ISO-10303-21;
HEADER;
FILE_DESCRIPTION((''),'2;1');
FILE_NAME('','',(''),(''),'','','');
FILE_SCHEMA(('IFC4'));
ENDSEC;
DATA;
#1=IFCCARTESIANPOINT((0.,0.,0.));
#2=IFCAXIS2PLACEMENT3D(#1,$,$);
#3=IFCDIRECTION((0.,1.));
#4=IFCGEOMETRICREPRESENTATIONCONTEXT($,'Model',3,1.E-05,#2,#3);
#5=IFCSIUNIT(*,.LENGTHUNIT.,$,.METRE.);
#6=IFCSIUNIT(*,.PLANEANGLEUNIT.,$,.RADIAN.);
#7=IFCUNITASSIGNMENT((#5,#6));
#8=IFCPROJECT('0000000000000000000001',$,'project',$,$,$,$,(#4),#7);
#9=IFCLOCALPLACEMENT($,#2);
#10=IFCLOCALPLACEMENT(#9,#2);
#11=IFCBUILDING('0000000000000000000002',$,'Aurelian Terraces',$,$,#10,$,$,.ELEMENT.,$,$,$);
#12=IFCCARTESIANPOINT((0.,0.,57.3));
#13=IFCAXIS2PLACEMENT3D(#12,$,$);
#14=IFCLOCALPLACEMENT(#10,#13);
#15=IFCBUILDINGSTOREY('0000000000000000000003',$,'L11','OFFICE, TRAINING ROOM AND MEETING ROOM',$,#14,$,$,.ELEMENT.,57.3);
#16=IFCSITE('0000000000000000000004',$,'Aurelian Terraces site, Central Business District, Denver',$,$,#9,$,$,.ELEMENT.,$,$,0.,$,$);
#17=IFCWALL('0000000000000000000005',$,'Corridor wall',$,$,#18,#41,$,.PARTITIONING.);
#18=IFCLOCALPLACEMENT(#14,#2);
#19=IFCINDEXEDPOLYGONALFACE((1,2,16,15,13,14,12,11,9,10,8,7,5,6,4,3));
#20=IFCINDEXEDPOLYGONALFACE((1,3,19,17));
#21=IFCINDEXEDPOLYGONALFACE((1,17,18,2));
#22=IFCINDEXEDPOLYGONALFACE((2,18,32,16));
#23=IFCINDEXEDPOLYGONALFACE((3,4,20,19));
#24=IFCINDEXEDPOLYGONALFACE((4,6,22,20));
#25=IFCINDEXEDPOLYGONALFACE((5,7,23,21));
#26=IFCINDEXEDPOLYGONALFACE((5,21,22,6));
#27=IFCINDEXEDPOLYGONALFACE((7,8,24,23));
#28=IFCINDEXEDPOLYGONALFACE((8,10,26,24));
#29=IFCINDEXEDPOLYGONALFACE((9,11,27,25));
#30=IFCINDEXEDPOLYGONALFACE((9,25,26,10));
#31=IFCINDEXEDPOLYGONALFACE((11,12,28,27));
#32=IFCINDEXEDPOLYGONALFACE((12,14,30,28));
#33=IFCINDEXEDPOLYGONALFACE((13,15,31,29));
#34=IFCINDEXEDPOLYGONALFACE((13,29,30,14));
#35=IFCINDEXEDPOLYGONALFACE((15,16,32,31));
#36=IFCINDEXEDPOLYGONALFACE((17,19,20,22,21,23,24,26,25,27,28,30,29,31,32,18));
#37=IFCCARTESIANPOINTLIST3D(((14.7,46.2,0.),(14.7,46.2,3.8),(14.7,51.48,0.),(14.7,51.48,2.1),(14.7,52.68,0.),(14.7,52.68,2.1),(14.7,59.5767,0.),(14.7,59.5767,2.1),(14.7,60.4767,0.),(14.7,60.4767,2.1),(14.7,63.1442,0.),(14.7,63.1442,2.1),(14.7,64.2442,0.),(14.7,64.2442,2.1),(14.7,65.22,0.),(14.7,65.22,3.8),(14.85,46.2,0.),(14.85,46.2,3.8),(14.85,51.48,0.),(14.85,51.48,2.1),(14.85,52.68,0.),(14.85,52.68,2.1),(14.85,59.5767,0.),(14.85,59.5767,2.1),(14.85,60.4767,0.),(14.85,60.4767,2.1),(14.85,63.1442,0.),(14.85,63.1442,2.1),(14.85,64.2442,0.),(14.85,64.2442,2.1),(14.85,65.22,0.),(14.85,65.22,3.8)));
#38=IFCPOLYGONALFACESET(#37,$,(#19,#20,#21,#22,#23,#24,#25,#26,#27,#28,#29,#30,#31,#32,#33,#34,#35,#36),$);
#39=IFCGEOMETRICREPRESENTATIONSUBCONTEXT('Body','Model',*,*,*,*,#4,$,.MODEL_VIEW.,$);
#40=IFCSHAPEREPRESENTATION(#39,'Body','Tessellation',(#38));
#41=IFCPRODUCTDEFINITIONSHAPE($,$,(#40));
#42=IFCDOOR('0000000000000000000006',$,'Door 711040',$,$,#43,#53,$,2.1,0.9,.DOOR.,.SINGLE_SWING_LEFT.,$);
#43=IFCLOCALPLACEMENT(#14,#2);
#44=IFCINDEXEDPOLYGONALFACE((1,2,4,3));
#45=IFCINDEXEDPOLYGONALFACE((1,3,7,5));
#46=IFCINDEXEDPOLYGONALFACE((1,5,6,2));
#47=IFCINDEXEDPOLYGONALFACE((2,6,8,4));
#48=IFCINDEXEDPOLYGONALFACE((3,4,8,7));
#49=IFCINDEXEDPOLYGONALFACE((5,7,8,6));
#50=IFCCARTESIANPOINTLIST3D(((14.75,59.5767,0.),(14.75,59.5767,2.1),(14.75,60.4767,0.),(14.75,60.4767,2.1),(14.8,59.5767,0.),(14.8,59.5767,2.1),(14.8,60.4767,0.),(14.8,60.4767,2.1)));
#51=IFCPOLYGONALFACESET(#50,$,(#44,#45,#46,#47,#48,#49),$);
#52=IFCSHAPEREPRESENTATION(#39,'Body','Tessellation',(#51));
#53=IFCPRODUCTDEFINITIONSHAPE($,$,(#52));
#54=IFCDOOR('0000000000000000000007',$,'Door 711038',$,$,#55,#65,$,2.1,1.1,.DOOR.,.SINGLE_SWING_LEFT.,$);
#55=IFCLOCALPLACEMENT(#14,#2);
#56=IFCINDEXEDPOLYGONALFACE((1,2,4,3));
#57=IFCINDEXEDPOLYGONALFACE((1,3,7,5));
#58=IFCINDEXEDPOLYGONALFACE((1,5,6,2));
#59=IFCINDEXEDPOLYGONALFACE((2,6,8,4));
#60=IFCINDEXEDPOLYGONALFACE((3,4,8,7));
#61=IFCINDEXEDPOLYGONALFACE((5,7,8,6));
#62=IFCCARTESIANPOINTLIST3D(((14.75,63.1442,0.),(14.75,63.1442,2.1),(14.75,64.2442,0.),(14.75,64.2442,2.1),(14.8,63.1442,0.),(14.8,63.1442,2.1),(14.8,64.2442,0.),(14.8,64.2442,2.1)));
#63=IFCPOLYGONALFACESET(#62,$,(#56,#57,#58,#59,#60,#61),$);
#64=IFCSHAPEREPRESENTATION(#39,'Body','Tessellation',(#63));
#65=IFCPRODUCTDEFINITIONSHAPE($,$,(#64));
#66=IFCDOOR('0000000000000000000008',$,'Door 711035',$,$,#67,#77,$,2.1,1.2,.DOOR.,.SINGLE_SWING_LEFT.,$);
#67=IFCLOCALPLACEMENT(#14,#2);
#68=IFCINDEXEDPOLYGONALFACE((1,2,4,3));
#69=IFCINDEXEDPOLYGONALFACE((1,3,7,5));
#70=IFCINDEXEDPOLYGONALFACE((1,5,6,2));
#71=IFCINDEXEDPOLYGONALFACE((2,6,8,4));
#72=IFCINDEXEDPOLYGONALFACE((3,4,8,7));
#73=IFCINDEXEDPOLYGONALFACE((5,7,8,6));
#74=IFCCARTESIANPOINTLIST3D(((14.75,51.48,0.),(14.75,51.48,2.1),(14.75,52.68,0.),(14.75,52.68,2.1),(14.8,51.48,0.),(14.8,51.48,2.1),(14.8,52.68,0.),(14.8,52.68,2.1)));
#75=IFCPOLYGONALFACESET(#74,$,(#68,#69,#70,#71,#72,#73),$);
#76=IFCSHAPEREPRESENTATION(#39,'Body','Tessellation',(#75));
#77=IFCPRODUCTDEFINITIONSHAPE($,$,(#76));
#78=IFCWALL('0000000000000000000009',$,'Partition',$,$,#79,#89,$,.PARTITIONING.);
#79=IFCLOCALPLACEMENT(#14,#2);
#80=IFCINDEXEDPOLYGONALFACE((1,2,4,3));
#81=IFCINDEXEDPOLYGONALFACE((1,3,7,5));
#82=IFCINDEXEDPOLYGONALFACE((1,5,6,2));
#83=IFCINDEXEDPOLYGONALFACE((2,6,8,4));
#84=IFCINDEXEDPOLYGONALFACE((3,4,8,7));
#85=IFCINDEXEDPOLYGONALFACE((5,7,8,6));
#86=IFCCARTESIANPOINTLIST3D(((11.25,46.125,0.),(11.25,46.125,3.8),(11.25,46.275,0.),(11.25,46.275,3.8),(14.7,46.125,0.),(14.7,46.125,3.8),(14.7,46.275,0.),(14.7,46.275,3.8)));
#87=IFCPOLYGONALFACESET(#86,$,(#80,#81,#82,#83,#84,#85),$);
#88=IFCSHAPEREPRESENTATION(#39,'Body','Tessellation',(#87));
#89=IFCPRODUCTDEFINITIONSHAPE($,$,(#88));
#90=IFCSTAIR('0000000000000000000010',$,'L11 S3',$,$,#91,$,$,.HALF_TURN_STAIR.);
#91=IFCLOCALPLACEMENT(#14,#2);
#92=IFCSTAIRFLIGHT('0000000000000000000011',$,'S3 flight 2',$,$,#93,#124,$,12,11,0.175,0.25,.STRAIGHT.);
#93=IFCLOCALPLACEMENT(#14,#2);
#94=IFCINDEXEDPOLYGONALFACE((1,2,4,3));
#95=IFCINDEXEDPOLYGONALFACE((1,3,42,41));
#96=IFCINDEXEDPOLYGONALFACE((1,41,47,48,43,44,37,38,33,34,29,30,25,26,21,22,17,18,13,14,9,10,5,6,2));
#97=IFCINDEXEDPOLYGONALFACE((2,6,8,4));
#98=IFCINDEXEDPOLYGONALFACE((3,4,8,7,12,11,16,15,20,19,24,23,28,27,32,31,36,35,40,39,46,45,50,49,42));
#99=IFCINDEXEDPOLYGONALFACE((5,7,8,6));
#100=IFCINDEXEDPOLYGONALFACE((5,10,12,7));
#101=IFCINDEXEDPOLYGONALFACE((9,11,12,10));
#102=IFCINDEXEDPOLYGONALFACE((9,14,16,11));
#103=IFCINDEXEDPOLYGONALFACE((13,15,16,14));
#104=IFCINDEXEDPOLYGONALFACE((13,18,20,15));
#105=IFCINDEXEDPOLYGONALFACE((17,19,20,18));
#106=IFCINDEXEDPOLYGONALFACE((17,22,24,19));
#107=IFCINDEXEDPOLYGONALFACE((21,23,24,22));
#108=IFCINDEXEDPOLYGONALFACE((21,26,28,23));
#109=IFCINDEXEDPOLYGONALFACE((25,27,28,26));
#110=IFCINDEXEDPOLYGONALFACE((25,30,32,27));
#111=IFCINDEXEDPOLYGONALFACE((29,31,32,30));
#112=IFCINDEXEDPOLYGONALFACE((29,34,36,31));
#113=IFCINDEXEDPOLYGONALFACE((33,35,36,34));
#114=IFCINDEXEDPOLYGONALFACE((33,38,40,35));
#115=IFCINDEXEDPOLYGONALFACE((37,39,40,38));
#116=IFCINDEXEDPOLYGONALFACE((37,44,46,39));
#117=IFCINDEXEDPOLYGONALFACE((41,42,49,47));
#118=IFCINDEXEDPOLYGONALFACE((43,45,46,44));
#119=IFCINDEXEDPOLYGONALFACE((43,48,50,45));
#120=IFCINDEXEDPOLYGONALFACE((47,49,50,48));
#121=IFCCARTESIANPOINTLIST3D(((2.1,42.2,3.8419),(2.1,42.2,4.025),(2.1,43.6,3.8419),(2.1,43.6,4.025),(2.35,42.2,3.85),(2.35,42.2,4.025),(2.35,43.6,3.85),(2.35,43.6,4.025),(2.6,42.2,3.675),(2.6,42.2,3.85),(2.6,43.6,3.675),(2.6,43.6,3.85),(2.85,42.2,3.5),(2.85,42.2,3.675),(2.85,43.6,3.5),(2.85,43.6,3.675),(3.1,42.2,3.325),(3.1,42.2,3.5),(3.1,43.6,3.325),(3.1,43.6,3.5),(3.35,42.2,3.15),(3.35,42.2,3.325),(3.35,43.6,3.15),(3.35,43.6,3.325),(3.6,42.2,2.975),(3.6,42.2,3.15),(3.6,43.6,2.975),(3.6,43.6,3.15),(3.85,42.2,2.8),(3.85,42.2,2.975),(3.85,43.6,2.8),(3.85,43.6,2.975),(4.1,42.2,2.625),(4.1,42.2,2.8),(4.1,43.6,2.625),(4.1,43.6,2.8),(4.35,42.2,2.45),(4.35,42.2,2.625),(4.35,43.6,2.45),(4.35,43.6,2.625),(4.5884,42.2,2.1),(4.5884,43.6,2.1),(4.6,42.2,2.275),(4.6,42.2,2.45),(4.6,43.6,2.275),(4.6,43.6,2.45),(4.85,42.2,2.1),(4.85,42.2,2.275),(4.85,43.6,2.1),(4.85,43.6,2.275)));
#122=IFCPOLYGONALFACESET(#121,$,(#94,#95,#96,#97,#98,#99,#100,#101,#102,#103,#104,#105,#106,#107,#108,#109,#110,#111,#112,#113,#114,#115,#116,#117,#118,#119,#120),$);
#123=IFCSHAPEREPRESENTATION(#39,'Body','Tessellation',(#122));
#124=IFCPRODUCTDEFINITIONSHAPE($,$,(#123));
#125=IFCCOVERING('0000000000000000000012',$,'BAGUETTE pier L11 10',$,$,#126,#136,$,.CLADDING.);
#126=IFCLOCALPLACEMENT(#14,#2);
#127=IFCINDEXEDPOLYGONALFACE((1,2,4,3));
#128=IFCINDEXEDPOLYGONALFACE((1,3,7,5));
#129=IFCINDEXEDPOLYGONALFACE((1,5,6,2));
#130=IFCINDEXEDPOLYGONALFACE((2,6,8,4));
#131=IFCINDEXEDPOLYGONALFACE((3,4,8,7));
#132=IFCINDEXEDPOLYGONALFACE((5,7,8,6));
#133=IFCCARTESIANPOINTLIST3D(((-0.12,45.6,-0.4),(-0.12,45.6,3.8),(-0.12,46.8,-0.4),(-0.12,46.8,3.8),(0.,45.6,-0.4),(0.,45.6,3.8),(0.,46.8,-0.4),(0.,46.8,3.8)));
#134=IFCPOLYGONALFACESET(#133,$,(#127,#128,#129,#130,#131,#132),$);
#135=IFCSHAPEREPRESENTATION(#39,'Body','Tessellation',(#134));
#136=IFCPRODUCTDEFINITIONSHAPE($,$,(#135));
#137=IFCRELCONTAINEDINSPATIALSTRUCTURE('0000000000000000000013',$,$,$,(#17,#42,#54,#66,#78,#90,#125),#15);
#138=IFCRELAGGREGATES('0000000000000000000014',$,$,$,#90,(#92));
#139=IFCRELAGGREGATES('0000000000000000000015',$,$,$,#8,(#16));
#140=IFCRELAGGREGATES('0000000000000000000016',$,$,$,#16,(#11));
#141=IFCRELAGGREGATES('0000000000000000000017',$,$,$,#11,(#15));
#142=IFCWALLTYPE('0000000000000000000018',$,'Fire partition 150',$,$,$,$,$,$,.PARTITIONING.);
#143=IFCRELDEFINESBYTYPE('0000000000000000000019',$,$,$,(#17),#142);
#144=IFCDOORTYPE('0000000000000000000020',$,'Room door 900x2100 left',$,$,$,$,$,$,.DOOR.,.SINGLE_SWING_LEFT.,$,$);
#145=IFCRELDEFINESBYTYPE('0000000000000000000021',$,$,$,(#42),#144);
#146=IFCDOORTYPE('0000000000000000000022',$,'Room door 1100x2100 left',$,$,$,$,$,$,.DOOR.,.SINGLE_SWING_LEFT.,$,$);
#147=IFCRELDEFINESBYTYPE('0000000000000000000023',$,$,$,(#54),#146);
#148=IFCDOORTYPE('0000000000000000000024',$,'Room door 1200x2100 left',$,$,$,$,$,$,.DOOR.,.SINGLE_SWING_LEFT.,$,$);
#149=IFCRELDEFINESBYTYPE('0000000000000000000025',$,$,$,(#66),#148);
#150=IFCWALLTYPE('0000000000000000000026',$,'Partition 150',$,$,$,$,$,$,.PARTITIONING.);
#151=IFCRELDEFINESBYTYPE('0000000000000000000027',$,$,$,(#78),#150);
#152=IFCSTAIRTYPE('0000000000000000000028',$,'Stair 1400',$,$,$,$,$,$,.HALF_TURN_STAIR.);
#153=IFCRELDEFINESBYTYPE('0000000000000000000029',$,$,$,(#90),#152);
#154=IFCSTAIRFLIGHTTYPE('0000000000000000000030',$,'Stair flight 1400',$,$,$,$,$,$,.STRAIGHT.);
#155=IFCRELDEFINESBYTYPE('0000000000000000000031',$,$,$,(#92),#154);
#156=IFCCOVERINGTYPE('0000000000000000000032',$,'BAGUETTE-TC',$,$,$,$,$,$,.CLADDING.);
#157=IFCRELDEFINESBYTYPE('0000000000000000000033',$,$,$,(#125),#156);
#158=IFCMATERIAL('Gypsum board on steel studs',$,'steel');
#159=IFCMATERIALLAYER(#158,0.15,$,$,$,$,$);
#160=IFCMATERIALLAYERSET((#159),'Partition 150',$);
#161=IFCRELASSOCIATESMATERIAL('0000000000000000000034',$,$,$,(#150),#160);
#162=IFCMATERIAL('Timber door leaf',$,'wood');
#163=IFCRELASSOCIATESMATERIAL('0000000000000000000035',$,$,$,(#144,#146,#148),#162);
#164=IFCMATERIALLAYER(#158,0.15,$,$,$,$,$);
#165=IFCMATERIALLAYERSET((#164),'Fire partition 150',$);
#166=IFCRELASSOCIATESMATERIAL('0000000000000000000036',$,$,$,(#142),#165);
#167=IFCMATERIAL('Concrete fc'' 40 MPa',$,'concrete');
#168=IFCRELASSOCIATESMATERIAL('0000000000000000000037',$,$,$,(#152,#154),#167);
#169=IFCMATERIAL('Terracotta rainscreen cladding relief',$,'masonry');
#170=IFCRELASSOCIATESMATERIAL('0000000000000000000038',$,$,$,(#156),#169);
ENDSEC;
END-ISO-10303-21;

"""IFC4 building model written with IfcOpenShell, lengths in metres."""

from ifc_helpers import new_model, si_unit, direction, frame, frame_2d, origin, origin_2d, place, context, subcontext, project, spatial, polyline, rectangle, outline, extrude, source, transform, mapped, material, layer, layer_set, type_object, element, fill, aggregate, save


model = new_model("IFC4")

# Units and contexts
model_context = context("Model", 3, precision=1e-05, world=origin(), true_north=direction((0.0, 1.0)))
body_context = subcontext(model_context, "Body", "Model", "MODEL_VIEW")
ifc_project = project(units=[si_unit("LENGTHUNIT", "METRE"), si_unit("PLANEANGLEUNIT", "RADIAN")], contexts=[model_context])

# Site, building, storey
site_placement = place(None, origin())
site = spatial("IfcSite", under=ifc_project, at=site_placement, Name="Aurelian Terraces site, Central Business District, Denver", CompositionType="ELEMENT", RefElevation=0.0)
building_placement = place(site_placement, origin())
building = spatial("IfcBuilding", under=site, at=building_placement, Name="Aurelian Terraces", CompositionType="ELEMENT")
storey_placement = place(building_placement, frame((0.0, 0.0, 57.3)))
storey = spatial("IfcBuildingStorey", under=building, at=storey_placement, Name="L11", Description="OFFICE, TRAINING ROOM AND MEETING ROOM", CompositionType="ELEMENT", Elevation=57.3)

# Shared definitions
ifc_material_1 = material(Name="Gypsum board on steel studs", Category="steel")
ifc_layer_1 = layer(ifc_material_1, 0.15)
ifc_layer_set_1 = layer_set([ifc_layer_1], Name="Partition 150")
wall_type_1 = type_object("IfcWallType", Name="Partition 150", PredefinedType="PARTITIONING", material=ifc_layer_set_1)

# Shared definitions
ifc_material_2 = material(Name="Concrete fc' 40 MPa", Category="concrete")

# Shared definitions
shared_shape_1 = source(origin(), body_context, "Body", "SweptSolid", [
    extrude(rectangle(XDim=0.9, YDim=2.1, at=frame_2d((0.45, 1.05))), frame((0.0, 0.085, 0.0), z_axis=(0.0, -1.0, 0.0), x_axis=(1.0, 0.0, 0.0)), (0.0, 0.0, 1.0), 0.17),
])
ifc_material_3 = material(Name="Timber door leaf", Category="wood")
shared_shape_2 = source(origin(), body_context, "Body", "SweptSolid", [
    extrude(rectangle(XDim=0.9, YDim=2.1, at=frame_2d((0.45, 1.05))), frame((0.0, 0.025, 0.0), z_axis=(0.0, -1.0, 0.0), x_axis=(1.0, 0.0, 0.0)), (0.0, 0.0, 1.0), 0.05),
])

# Wall, openings, doors
shared_shape_3 = source(origin(), body_context, "Body", "SweptSolid", [
    extrude(rectangle(XDim=19.02, YDim=0.15, at=frame_2d((9.51, 0.0))), origin(), (0.0, 0.0, 1.0), 3.8),
])
door_type_1 = type_object("IfcDoorType", Name="Room door 900x2100 left", OperationType="SINGLE_SWING_LEFT", PredefinedType="DOOR", material=ifc_material_3)
ifc_layer_2 = layer(ifc_material_1, 0.15)
ifc_layer_set_2 = layer_set([ifc_layer_2], Name="Fire partition 150")
wall_type_2 = type_object("IfcWallType", Name="Fire partition 150", PredefinedType="PARTITIONING", material=ifc_layer_set_2)
wall_1_placement = place(storey_placement, frame((14.775, 46.2, 0.0), z_axis=(0.0, 0.0, 1.0), x_axis=(0.0, 1.0, 0.0)))
wall_1 = element("IfcWall", 1, at=wall_1_placement, inside=storey, type_object=wall_type_2, Name="Corridor wall", PredefinedType="PARTITIONING", context=body_context, shape_type="MappedRepresentation", body=[
    mapped(shared_shape_3, transform((0.0, 0.0, 0.0), scale=1.0)),
])
shared_shape_4 = source(origin(), body_context, "Body", "SweptSolid", [
    extrude(rectangle(XDim=1.2, YDim=2.1, at=frame_2d((0.6, 1.05))), frame((0.0, 0.085, 0.0), z_axis=(0.0, -1.0, 0.0), x_axis=(1.0, 0.0, 0.0)), (0.0, 0.0, 1.0), 0.17),
])
opening_1_placement = place(wall_1_placement, frame((5.28, 0.0, 0.0)))
opening_1 = element("IfcOpeningElement", 2, at=opening_1_placement, cuts=wall_1, PredefinedType="OPENING", context=body_context, shape_type="MappedRepresentation", body=[
    mapped(shared_shape_4, transform((0.0, 0.0, 0.0), scale=1.0)),
])
shared_shape_5 = source(origin(), body_context, "Body", "SweptSolid", [
    extrude(rectangle(XDim=1.1, YDim=2.1, at=frame_2d((0.55, 1.05))), frame((0.0, 0.085, 0.0), z_axis=(0.0, -1.0, 0.0), x_axis=(1.0, 0.0, 0.0)), (0.0, 0.0, 1.0), 0.17),
])
opening_2_placement = place(wall_1_placement, frame((16.9442, 0.0, 0.0)))
opening_2 = element("IfcOpeningElement", 3, at=opening_2_placement, cuts=wall_1, PredefinedType="OPENING", context=body_context, shape_type="MappedRepresentation", body=[
    mapped(shared_shape_5, transform((0.0, 0.0, 0.0), scale=1.0)),
])
opening_3_placement = place(wall_1_placement, frame((13.3767, 0.0, 0.0)))
opening_3 = element("IfcOpeningElement", 4, at=opening_3_placement, cuts=wall_1, PredefinedType="OPENING", context=body_context, shape_type="MappedRepresentation", body=[
    mapped(shared_shape_1, transform((0.0, 0.0, 0.0), scale=1.0)),
])
door_1_placement = place(opening_3_placement, origin())
door_1 = element("IfcDoor", 5, at=door_1_placement, inside=storey, type_object=door_type_1, Name="Door 711040", OperationType="SINGLE_SWING_LEFT", OverallHeight=2.1, OverallWidth=0.9, PredefinedType="DOOR", context=body_context, shape_type="MappedRepresentation", body=[
    mapped(shared_shape_2, transform((0.0, 0.0, 0.0), scale=1.0)),
])
fill(opening_3, door_1)
door_type_2 = type_object("IfcDoorType", Name="Room door 1100x2100 left", OperationType="SINGLE_SWING_LEFT", PredefinedType="DOOR", material=ifc_material_3)
shared_shape_6 = source(origin(), body_context, "Body", "SweptSolid", [
    extrude(rectangle(XDim=1.1, YDim=2.1, at=frame_2d((0.55, 1.05))), frame((0.0, 0.025, 0.0), z_axis=(0.0, -1.0, 0.0), x_axis=(1.0, 0.0, 0.0)), (0.0, 0.0, 1.0), 0.05),
])
door_2_placement = place(opening_2_placement, origin())
door_2 = element("IfcDoor", 6, at=door_2_placement, inside=storey, type_object=door_type_2, Name="Door 711038", OperationType="SINGLE_SWING_LEFT", OverallHeight=2.1, OverallWidth=1.1, PredefinedType="DOOR", context=body_context, shape_type="MappedRepresentation", body=[
    mapped(shared_shape_6, transform((0.0, 0.0, 0.0), scale=1.0)),
])
fill(opening_2, door_2)
door_type_3 = type_object("IfcDoorType", Name="Room door 1200x2100 left", OperationType="SINGLE_SWING_LEFT", PredefinedType="DOOR", material=ifc_material_3)
shared_shape_7 = source(origin(), body_context, "Body", "SweptSolid", [
    extrude(rectangle(XDim=1.2, YDim=2.1, at=frame_2d((0.6, 1.05))), frame((0.0, 0.025, 0.0), z_axis=(0.0, -1.0, 0.0), x_axis=(1.0, 0.0, 0.0)), (0.0, 0.0, 1.0), 0.05),
])
door_3_placement = place(opening_1_placement, origin())
door_3 = element("IfcDoor", 7, at=door_3_placement, inside=storey, type_object=door_type_3, Name="Door 711035", OperationType="SINGLE_SWING_LEFT", OverallHeight=2.1, OverallWidth=1.2, PredefinedType="DOOR", context=body_context, shape_type="MappedRepresentation", body=[
    mapped(shared_shape_7, transform((0.0, 0.0, 0.0), scale=1.0)),
])
fill(opening_1, door_3)

# Wall
shared_shape_8 = source(origin(), body_context, "Body", "SweptSolid", [
    extrude(rectangle(XDim=3.45, YDim=0.15, at=frame_2d((1.725, 0.0))), origin(), (0.0, 0.0, 1.0), 3.8),
])
wall_2_placement = place(storey_placement, frame((14.7, 46.2, 0.0), z_axis=(0.0, 0.0, 1.0), x_axis=(-1.0, 0.0, 0.0)))
element("IfcWall", 8, at=wall_2_placement, inside=storey, type_object=wall_type_1, Name="Partition", PredefinedType="PARTITIONING", context=body_context, shape_type="MappedRepresentation", body=[
    mapped(shared_shape_8, transform((0.0, 0.0, 0.0), scale=1.0)),
])

# Stair, stair flight
stair_type = type_object("IfcStairType", Name="Stair 1400", PredefinedType="HALF_TURN_STAIR", material=ifc_material_2)
stair_placement = place(storey_placement, origin())
stair = element("IfcStair", 9, at=stair_placement, inside=storey, type_object=stair_type, Name="L11 S3", PredefinedType="HALF_TURN_STAIR")
stair_flight_type = type_object("IfcStairFlightType", Name="Stair flight 1400", PredefinedType="STRAIGHT", material=ifc_material_2)
shared_shape_9 = source(origin(), body_context, "Body", "SweptSolid", [
    extrude(outline(polyline([(0.0, 0.0), (0.0, 0.175), (0.25, 0.175), (0.25, 0.35), (0.5, 0.35), (0.5, 0.525), (0.75, 0.525), (0.75, 0.7), (1.0, 0.7), (1.0, 0.875), (1.25, 0.875), (1.25, 1.05), (1.5, 1.05), (1.5, 1.225), (1.75, 1.225), (1.75, 1.4), (2.0, 1.4), (2.0, 1.575), (2.25, 1.575), (2.25, 1.75), (2.5, 1.75), (2.5, 1.925), (2.75, 1.925), (2.75, 2.1), (2.75, 1.7419), (0.2616, 0.0), (0.0, 0.0)])), frame((0.0, 0.7, 0.0), z_axis=(0.0, -1.0, 0.0), x_axis=(1.0, 0.0, 0.0)), (0.0, 0.0, 1.0), 1.4),
])
stair_flight_placement = place(storey_placement, frame((4.85, 42.9, 2.1), z_axis=(0.0, 0.0, 1.0), x_axis=(-1.0, 0.0, 0.0)))
stair_flight = element("IfcStairFlight", 10, at=stair_flight_placement, type_object=stair_flight_type, Name="S3 flight 2", NumberOfRisers=12, NumberOfTreads=11, PredefinedType="STRAIGHT", RiserHeight=0.175, TreadLength=0.25, context=body_context, shape_type="MappedRepresentation", body=[
    mapped(shared_shape_9, transform((0.0, 0.0, 0.0), scale=1.0)),
])
aggregate(stair, [stair_flight])

# Covering
ifc_material_4 = material(Name="Terracotta rainscreen cladding relief", Category="masonry")
covering_type = type_object("IfcCoveringType", Name="BAGUETTE-TC", PredefinedType="CLADDING", material=ifc_material_4)
shared_shape_10 = source(origin(), body_context, "Body", "SweptSolid", [
    extrude(rectangle(XDim=0.12, YDim=1.2, at=origin_2d()), origin(), (0.0, 0.0, 1.0), 4.2),
])
covering_placement = place(storey_placement, frame((-0.06, 46.2, -0.4), z_axis=(0.0, 0.0, 1.0), x_axis=(1.0, 0.0, 0.0)))
element("IfcCovering", 11, at=covering_placement, inside=storey, type_object=covering_type, Name="BAGUETTE pier L11 10", PredefinedType="CLADDING", context=body_context, shape_type="MappedRepresentation", body=[
    mapped(shared_shape_10, transform((0.0, 0.0, 0.0), scale=1.0)),
])

save(model, "model.ifc")
